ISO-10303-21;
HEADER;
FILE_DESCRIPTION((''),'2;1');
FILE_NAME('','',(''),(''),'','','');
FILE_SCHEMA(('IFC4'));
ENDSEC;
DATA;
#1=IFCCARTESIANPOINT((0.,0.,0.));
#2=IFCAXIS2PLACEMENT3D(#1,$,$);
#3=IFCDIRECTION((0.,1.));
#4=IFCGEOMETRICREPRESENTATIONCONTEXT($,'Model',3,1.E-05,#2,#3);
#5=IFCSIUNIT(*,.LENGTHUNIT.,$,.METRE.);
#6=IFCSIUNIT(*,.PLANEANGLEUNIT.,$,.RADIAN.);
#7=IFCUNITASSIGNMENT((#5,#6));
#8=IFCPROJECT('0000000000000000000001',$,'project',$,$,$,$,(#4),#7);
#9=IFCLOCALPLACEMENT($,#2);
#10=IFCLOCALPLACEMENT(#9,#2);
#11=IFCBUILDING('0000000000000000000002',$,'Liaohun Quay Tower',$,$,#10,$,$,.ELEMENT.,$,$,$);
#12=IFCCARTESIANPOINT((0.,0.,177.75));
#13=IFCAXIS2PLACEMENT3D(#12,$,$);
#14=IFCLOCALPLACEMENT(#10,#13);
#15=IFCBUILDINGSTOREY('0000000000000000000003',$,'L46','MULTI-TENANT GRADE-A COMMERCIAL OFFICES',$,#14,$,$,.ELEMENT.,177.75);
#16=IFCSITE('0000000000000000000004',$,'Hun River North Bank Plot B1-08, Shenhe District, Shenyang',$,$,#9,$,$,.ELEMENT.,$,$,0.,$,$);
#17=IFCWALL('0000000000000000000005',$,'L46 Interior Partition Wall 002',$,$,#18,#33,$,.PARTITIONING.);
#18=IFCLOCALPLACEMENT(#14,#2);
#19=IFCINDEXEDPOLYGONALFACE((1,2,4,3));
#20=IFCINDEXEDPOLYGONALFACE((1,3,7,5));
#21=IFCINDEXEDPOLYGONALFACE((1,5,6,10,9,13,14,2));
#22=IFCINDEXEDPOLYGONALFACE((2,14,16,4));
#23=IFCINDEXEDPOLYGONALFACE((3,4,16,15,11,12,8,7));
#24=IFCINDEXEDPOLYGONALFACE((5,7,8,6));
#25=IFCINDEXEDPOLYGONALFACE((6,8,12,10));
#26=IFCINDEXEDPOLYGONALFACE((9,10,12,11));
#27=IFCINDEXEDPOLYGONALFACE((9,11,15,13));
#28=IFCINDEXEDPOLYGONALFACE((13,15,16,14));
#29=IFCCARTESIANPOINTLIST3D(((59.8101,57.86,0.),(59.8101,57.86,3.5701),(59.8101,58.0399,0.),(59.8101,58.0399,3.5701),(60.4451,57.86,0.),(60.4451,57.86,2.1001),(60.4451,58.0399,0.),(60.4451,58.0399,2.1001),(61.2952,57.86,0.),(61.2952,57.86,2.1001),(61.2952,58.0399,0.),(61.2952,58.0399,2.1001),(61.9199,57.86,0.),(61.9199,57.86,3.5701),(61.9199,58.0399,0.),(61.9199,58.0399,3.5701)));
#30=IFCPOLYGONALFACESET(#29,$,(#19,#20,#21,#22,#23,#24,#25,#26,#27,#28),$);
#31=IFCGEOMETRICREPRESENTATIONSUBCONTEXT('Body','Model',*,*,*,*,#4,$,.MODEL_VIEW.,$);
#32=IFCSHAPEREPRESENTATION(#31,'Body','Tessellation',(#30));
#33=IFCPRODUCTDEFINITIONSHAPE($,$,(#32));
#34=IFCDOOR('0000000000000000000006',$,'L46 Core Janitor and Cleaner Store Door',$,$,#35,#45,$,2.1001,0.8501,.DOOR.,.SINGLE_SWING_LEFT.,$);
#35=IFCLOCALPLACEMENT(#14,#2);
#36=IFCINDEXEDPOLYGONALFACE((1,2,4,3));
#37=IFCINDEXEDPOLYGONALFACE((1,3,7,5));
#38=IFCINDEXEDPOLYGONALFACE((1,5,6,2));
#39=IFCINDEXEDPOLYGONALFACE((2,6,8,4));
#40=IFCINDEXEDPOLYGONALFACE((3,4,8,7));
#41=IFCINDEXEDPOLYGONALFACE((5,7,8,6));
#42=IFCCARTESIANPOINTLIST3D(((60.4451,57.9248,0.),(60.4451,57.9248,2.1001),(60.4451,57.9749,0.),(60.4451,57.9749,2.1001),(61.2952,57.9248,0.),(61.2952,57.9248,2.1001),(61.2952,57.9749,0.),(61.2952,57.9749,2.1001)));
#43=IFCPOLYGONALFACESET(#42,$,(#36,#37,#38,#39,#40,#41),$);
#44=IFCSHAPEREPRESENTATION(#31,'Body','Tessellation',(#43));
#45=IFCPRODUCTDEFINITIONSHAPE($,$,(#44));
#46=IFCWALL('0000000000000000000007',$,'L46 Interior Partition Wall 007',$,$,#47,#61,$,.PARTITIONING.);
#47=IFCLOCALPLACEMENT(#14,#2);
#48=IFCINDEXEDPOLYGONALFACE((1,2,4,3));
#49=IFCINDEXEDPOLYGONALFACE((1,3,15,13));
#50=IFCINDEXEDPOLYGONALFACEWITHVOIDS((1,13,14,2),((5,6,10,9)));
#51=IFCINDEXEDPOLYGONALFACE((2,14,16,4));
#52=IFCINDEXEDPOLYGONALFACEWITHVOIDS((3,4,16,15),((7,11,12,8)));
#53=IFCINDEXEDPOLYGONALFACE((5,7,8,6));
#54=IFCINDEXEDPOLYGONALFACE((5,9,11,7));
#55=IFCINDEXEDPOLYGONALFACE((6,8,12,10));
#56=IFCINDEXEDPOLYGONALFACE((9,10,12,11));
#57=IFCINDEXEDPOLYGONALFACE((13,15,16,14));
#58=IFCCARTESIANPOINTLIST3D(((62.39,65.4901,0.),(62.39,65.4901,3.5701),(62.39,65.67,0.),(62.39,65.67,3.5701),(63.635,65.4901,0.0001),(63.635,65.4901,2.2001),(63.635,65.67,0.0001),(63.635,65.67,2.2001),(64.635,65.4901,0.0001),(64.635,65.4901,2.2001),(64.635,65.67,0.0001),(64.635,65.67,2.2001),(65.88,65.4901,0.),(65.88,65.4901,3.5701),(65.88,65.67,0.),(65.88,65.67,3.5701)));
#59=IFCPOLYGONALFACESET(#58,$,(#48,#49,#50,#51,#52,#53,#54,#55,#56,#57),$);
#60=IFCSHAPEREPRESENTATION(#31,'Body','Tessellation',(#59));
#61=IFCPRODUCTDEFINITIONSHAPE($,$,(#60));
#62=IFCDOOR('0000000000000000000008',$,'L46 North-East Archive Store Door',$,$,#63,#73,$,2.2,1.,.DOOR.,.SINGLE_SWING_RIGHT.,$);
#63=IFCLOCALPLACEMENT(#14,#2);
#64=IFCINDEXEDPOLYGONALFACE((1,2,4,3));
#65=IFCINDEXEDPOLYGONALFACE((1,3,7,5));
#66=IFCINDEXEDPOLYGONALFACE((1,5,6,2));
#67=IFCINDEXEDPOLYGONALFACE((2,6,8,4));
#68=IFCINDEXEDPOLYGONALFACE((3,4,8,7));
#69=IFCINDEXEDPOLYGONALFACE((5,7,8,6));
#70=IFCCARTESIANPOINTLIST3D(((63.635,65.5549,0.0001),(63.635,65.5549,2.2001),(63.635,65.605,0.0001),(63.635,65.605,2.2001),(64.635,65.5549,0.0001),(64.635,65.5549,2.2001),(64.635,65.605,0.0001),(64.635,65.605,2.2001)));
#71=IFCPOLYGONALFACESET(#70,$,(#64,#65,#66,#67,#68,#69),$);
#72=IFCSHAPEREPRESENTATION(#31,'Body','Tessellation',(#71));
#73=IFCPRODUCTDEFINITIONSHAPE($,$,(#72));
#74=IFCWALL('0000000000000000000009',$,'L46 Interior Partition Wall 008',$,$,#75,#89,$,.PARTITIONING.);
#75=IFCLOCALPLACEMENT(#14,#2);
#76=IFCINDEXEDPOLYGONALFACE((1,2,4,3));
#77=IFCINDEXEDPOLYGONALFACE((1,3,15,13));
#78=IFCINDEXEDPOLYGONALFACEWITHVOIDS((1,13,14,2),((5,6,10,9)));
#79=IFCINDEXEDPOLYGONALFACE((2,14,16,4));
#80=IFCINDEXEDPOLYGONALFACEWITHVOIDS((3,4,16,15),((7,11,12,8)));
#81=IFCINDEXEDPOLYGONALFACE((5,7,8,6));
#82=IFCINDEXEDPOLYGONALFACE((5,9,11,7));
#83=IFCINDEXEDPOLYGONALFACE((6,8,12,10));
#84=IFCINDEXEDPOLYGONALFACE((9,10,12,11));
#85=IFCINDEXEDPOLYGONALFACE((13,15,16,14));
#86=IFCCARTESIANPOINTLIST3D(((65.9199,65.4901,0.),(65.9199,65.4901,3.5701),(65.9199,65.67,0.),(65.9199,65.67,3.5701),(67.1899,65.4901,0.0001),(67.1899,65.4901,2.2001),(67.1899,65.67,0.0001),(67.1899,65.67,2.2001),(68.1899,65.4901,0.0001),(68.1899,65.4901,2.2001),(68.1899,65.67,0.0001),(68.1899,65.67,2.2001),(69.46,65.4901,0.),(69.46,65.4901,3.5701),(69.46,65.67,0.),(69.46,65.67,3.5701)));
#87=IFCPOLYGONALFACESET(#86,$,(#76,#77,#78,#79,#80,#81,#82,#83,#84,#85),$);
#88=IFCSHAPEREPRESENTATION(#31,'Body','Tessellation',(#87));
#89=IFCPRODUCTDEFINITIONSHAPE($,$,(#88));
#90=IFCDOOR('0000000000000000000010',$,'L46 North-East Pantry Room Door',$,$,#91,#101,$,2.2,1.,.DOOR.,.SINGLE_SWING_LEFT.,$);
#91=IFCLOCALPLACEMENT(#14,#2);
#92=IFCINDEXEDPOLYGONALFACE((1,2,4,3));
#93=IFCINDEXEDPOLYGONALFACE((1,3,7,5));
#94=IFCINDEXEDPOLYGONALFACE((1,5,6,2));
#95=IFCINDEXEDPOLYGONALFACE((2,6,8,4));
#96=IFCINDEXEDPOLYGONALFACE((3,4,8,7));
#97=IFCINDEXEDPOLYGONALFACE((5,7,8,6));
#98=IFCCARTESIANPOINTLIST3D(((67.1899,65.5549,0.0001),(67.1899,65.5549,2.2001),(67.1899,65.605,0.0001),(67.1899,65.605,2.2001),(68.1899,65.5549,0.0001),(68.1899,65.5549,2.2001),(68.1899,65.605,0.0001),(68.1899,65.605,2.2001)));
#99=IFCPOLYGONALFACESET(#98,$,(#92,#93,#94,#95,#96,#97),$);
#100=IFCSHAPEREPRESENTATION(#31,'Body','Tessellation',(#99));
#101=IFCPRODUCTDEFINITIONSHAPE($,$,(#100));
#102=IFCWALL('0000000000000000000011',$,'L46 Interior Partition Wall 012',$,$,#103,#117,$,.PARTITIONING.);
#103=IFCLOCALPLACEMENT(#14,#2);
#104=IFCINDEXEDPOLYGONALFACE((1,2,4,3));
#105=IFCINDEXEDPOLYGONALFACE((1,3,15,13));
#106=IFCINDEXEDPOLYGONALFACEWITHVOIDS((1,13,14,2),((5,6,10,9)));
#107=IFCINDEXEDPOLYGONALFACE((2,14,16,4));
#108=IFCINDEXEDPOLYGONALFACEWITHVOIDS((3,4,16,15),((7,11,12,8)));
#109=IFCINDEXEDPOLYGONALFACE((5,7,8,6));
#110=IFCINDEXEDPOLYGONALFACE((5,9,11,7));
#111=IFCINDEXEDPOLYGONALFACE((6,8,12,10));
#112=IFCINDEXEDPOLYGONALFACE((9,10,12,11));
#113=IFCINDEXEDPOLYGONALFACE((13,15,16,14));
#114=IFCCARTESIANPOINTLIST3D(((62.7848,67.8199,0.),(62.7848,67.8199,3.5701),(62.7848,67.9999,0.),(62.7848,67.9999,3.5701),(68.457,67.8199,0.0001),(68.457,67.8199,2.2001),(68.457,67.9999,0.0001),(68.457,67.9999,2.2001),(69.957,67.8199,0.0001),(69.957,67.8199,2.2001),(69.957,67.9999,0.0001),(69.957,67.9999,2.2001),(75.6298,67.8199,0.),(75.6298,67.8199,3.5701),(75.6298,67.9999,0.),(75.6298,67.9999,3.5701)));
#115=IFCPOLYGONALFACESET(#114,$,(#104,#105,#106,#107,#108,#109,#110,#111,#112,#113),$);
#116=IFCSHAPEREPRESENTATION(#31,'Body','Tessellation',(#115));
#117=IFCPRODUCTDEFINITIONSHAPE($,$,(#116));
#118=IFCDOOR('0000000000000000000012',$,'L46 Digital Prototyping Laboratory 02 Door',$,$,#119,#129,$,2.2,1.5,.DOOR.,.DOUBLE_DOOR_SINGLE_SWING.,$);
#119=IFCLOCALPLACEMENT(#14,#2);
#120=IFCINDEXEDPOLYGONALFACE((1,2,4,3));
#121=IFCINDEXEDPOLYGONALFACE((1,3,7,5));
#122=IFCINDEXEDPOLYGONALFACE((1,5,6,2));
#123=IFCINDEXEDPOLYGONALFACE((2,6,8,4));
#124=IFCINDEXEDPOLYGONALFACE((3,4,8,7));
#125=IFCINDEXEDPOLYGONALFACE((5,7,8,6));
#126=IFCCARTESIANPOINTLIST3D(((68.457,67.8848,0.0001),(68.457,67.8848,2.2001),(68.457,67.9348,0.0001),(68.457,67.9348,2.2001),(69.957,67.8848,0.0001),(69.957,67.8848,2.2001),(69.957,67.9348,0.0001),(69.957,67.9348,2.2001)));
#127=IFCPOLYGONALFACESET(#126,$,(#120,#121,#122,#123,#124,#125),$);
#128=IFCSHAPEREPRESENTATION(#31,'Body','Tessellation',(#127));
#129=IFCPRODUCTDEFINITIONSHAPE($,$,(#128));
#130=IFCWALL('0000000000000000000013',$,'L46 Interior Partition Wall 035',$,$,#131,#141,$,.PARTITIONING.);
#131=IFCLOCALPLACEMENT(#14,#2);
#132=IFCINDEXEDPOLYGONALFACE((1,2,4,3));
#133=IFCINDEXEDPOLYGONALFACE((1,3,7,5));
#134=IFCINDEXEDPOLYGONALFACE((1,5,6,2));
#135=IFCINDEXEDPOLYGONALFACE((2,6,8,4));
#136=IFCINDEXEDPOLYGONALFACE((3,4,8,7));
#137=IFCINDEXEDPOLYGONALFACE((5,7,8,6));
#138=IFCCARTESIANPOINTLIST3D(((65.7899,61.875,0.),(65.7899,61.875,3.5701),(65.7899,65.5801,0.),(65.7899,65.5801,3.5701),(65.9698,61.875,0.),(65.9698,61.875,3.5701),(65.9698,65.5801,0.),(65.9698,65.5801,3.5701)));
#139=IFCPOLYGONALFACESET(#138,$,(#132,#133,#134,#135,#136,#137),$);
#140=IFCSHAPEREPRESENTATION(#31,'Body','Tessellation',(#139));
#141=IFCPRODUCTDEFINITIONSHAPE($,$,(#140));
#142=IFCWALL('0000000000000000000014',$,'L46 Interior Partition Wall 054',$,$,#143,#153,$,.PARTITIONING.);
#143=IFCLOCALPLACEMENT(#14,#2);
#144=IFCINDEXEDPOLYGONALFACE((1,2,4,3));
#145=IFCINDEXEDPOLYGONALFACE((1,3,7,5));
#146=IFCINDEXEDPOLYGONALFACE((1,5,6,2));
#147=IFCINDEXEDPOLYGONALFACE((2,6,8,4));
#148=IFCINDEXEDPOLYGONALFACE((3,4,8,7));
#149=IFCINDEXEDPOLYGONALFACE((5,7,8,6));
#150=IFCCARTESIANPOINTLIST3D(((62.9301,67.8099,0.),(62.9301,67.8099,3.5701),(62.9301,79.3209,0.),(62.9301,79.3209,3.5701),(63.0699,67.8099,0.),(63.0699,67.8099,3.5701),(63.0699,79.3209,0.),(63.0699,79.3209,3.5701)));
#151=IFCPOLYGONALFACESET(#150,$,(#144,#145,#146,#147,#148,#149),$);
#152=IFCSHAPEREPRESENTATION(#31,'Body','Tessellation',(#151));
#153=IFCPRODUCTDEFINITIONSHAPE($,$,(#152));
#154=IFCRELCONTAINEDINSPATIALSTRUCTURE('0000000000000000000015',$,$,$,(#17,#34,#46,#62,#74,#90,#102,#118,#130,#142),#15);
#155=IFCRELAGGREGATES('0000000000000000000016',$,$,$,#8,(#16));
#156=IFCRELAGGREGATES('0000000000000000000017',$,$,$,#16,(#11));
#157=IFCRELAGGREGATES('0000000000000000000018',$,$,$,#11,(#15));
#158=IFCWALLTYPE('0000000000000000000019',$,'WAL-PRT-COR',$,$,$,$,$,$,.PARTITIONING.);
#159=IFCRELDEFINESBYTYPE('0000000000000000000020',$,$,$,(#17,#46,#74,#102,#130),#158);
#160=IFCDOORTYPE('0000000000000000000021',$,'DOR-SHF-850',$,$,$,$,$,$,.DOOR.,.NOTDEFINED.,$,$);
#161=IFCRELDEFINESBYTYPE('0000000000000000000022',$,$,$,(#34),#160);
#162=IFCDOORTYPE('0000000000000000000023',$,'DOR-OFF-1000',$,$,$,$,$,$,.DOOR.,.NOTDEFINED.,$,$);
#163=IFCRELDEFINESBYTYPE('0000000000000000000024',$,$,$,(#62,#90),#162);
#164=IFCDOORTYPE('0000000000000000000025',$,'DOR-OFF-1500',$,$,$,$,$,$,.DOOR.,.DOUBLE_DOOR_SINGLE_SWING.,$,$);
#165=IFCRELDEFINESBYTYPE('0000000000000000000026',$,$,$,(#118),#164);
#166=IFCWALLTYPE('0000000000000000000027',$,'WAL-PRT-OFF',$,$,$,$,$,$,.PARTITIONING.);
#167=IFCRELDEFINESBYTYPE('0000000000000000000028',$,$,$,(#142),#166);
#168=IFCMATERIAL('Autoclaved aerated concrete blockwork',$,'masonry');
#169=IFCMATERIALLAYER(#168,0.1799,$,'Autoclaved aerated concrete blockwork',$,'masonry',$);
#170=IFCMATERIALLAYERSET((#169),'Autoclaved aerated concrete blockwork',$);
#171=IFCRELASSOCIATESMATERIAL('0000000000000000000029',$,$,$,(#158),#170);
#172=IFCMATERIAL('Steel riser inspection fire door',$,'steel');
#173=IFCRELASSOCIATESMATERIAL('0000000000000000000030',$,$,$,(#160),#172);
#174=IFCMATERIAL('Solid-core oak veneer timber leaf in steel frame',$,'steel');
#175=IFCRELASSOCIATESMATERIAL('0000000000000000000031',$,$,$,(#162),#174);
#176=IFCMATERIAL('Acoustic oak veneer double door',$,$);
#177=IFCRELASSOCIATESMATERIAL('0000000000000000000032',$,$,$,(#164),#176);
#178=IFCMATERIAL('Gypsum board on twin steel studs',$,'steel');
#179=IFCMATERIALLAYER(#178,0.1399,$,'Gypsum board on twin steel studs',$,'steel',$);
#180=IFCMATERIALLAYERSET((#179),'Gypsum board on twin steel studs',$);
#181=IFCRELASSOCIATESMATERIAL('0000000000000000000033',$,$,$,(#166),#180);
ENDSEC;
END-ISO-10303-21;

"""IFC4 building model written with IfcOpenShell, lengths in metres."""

from ifc_helpers import new_model, si_unit, direction, frame, frame_2d, origin, place, context, subcontext, project, spatial, rectangle, extrude, source, transform, mapped, material, layer, layer_set, type_object, element, fill, save


model = new_model("IFC4")

# Units and contexts
model_context = context("Model", 3, precision=1e-05, world=origin(), true_north=direction((0.0, 1.0)))
body_context = subcontext(model_context, "Body", "Model", "MODEL_VIEW")
ifc_project = project(units=[si_unit("LENGTHUNIT", "METRE"), si_unit("PLANEANGLEUNIT", "RADIAN")], contexts=[model_context])

# Site, building, storey
site_placement = place(None, origin())
site = spatial("IfcSite", under=ifc_project, at=site_placement, Name="Hun River North Bank Plot B1-08, Shenhe District, Shenyang", CompositionType="ELEMENT", RefElevation=0.0)
building_placement = place(site_placement, origin())
building = spatial("IfcBuilding", under=site, at=building_placement, Name="Liaohun Quay Tower", CompositionType="ELEMENT")
storey_placement = place(building_placement, frame((0.0, 0.0, 177.75)))
storey = spatial("IfcBuildingStorey", under=building, at=storey_placement, Name="L46", Description="MULTI-TENANT GRADE-A COMMERCIAL OFFICES", CompositionType="ELEMENT", Elevation=177.75)

# Walls, openings, doors
ifc_material_1 = material(Name="Autoclaved aerated concrete blockwork", Category="masonry")
ifc_layer_1 = layer(ifc_material_1, 0.1799, Name="Autoclaved aerated concrete blockwork", Category="masonry")
ifc_layer_set_1 = layer_set([ifc_layer_1], Name="Autoclaved aerated concrete blockwork")
wall_type_1 = type_object("IfcWallType", Name="WAL-PRT-COR", PredefinedType="PARTITIONING", material=ifc_layer_set_1)
wall_1_placement = place(storey_placement, frame((59.8101, 57.95, 0.0), z_axis=(0.0, 0.0, 1.0), x_axis=(1.0, 0.0, 0.0)))
wall_1 = element("IfcWall", 1, at=wall_1_placement, inside=storey, type_object=wall_type_1, Name="L46 Interior Partition Wall 002", PredefinedType="PARTITIONING", context=body_context, shape_type="SweptSolid", body=[
    extrude(rectangle(XDim=2.1099, YDim=0.1799, at=frame_2d((1.0549, 0.0))), origin(), (0.0, 0.0, 1.0), 3.5701),
])
shared_shape_1 = source(origin(), body_context, "Body", "SweptSolid", [
    extrude(rectangle(XDim=0.8501, YDim=2.1001, at=frame_2d((0.425, 1.05))), frame((0.0, 0.0999, 0.0), z_axis=(0.0, -1.0, 0.0), x_axis=(1.0, 0.0, 0.0)), (0.0, 0.0, 1.0), 0.2),
])
opening_1_placement = place(wall_1_placement, frame((0.635, 0.0, 0.0)))
opening_1 = element("IfcOpeningElement", 2, at=opening_1_placement, cuts=wall_1, PredefinedType="OPENING", context=body_context, shape_type="MappedRepresentation", body=[
    mapped(shared_shape_1, transform((0.0, 0.0, 0.0), x_axis=(1.0, 0.0, 0.0), y_axis=(0.0, 1.0, 0.0), z_axis=(0.0, 0.0, 1.0), scale=1.0)),
])
ifc_material_2 = material(Name="Steel riser inspection fire door", Category="steel")
door_type_1 = type_object("IfcDoorType", Name="DOR-SHF-850", OperationType="NOTDEFINED", PredefinedType="DOOR", material=ifc_material_2)
shared_shape_2 = source(origin(), body_context, "Body", "SweptSolid", [
    extrude(rectangle(XDim=0.8501, YDim=2.1001, at=frame_2d((0.425, 1.05))), frame((0.0, 0.0249, 0.0), z_axis=(0.0, -1.0, 0.0), x_axis=(1.0, 0.0, 0.0)), (0.0, 0.0, 1.0), 0.05),
])
door_1_placement = place(opening_1_placement, origin())
door_1 = element("IfcDoor", 3, at=door_1_placement, inside=storey, type_object=door_type_1, Name="L46 Core Janitor and Cleaner Store Door", OperationType="SINGLE_SWING_LEFT", OverallHeight=2.1001, OverallWidth=0.8501, PredefinedType="DOOR", context=body_context, shape_type="MappedRepresentation", body=[
    mapped(shared_shape_2, transform((0.0, 0.0, 0.0), x_axis=(1.0, 0.0, 0.0), y_axis=(0.0, 1.0, 0.0), z_axis=(0.0, 0.0, 1.0), scale=1.0)),
])
fill(opening_1, door_1)
wall_2_placement = place(storey_placement, frame((62.3899, 65.5801, 0.0), z_axis=(0.0, 0.0, 1.0), x_axis=(1.0, 0.0, 0.0)))
wall_2 = element("IfcWall", 4, at=wall_2_placement, inside=storey, type_object=wall_type_1, Name="L46 Interior Partition Wall 007", PredefinedType="PARTITIONING", context=body_context, shape_type="SweptSolid", body=[
    extrude(rectangle(XDim=3.49, YDim=0.1799, at=frame_2d((1.7451, 0.0))), origin(), (0.0, 0.0, 1.0), 3.5701),
])
shared_shape_3 = source(origin(), body_context, "Body", "SweptSolid", [
    extrude(rectangle(XDim=1.0, YDim=2.2, at=frame_2d((0.5, 1.1001))), frame((0.0, 0.0999, 0.0), z_axis=(0.0, -1.0, 0.0), x_axis=(1.0, 0.0, 0.0)), (0.0, 0.0, 1.0), 0.2),
])
opening_2_placement = place(wall_2_placement, frame((1.2451, 0.0, 0.0)))
opening_2 = element("IfcOpeningElement", 5, at=opening_2_placement, cuts=wall_2, PredefinedType="OPENING", context=body_context, shape_type="MappedRepresentation", body=[
    mapped(shared_shape_3, transform((0.0, 0.0, 0.0), x_axis=(1.0, 0.0, 0.0), y_axis=(0.0, 1.0, 0.0), z_axis=(0.0, 0.0, 1.0), scale=1.0)),
])
ifc_material_3 = material(Name="Solid-core oak veneer timber leaf in steel frame", Category="steel")
door_type_2 = type_object("IfcDoorType", Name="DOR-OFF-1000", OperationType="NOTDEFINED", PredefinedType="DOOR", material=ifc_material_3)
shared_shape_4 = source(origin(), body_context, "Body", "SweptSolid", [
    extrude(rectangle(XDim=1.0, YDim=2.2, at=frame_2d((0.5, 1.1001))), frame((0.0, 0.0249, 0.0), z_axis=(0.0, -1.0, 0.0), x_axis=(1.0, 0.0, 0.0)), (0.0, 0.0, 1.0), 0.05),
])
door_2_placement = place(opening_2_placement, origin())
door_2 = element("IfcDoor", 6, at=door_2_placement, inside=storey, type_object=door_type_2, Name="L46 North-East Archive Store Door", OperationType="SINGLE_SWING_RIGHT", OverallHeight=2.2, OverallWidth=1.0, PredefinedType="DOOR", context=body_context, shape_type="MappedRepresentation", body=[
    mapped(shared_shape_4, transform((0.0, 0.0, 0.0), x_axis=(1.0, 0.0, 0.0), y_axis=(0.0, 1.0, 0.0), z_axis=(0.0, 0.0, 1.0), scale=1.0)),
])
fill(opening_2, door_2)
wall_3_placement = place(storey_placement, frame((65.9199, 65.5801, 0.0), z_axis=(0.0, 0.0, 1.0), x_axis=(1.0, 0.0, 0.0)))
wall_3 = element("IfcWall", 7, at=wall_3_placement, inside=storey, type_object=wall_type_1, Name="L46 Interior Partition Wall 008", PredefinedType="PARTITIONING", context=body_context, shape_type="SweptSolid", body=[
    extrude(rectangle(XDim=3.54, YDim=0.1799, at=frame_2d((1.77, 0.0))), origin(), (0.0, 0.0, 1.0), 3.5701),
])
opening_3_placement = place(wall_3_placement, frame((1.27, 0.0, 0.0)))
opening_3 = element("IfcOpeningElement", 8, at=opening_3_placement, cuts=wall_3, PredefinedType="OPENING", context=body_context, shape_type="MappedRepresentation", body=[
    mapped(shared_shape_3, transform((0.0, 0.0, 0.0), x_axis=(1.0, 0.0, 0.0), y_axis=(0.0, 1.0, 0.0), z_axis=(0.0, 0.0, 1.0), scale=1.0)),
])
door_3_placement = place(opening_3_placement, origin())
door_3 = element("IfcDoor", 9, at=door_3_placement, inside=storey, type_object=door_type_2, Name="L46 North-East Pantry Room Door", OperationType="SINGLE_SWING_LEFT", OverallHeight=2.2, OverallWidth=1.0, PredefinedType="DOOR", context=body_context, shape_type="MappedRepresentation", body=[
    mapped(shared_shape_4, transform((0.0, 0.0, 0.0), x_axis=(1.0, 0.0, 0.0), y_axis=(0.0, 1.0, 0.0), z_axis=(0.0, 0.0, 1.0), scale=1.0)),
])
fill(opening_3, door_3)
wall_4_placement = place(storey_placement, frame((62.7849, 67.9099, 0.0), z_axis=(0.0, 0.0, 1.0), x_axis=(1.0, 0.0, 0.0)))
wall_4 = element("IfcWall", 10, at=wall_4_placement, inside=storey, type_object=wall_type_1, Name="L46 Interior Partition Wall 012", PredefinedType="PARTITIONING", context=body_context, shape_type="SweptSolid", body=[
    extrude(rectangle(XDim=12.845, YDim=0.1799, at=frame_2d((6.4224, 0.0))), origin(), (0.0, 0.0, 1.0), 3.5701),
])
shared_shape_5 = source(origin(), body_context, "Body", "SweptSolid", [
    extrude(rectangle(XDim=1.5, YDim=2.2, at=frame_2d((0.75, 1.1001))), frame((0.0, 0.0999, 0.0), z_axis=(0.0, -1.0, 0.0), x_axis=(1.0, 0.0, 0.0)), (0.0, 0.0, 1.0), 0.2),
])
opening_4_placement = place(wall_4_placement, frame((5.6721, 0.0, 0.0)))
opening_4 = element("IfcOpeningElement", 11, at=opening_4_placement, cuts=wall_4, PredefinedType="OPENING", context=body_context, shape_type="MappedRepresentation", body=[
    mapped(shared_shape_5, transform((0.0, 0.0, 0.0), x_axis=(1.0, 0.0, 0.0), y_axis=(0.0, 1.0, 0.0), z_axis=(0.0, 0.0, 1.0), scale=1.0)),
])
ifc_material_4 = material(Name="Acoustic oak veneer double door")
door_type_3 = type_object("IfcDoorType", Name="DOR-OFF-1500", OperationType="DOUBLE_DOOR_SINGLE_SWING", PredefinedType="DOOR", material=ifc_material_4)
shared_shape_6 = source(origin(), body_context, "Body", "SweptSolid", [
    extrude(rectangle(XDim=1.5, YDim=2.2, at=frame_2d((0.75, 1.1001))), frame((0.0, 0.0249, 0.0), z_axis=(0.0, -1.0, 0.0), x_axis=(1.0, 0.0, 0.0)), (0.0, 0.0, 1.0), 0.05),
])
door_4_placement = place(opening_4_placement, origin())
door_4 = element("IfcDoor", 12, at=door_4_placement, inside=storey, type_object=door_type_3, Name="L46 Digital Prototyping Laboratory 02 Door", OperationType="DOUBLE_DOOR_SINGLE_SWING", OverallHeight=2.2, OverallWidth=1.5, PredefinedType="DOOR", context=body_context, shape_type="MappedRepresentation", body=[
    mapped(shared_shape_6, transform((0.0, 0.0, 0.0), x_axis=(1.0, 0.0, 0.0), y_axis=(0.0, 1.0, 0.0), z_axis=(0.0, 0.0, 1.0), scale=1.0)),
])
fill(opening_4, door_4)

# Walls
wall_5_placement = place(storey_placement, frame((65.8799, 61.875, 0.0), z_axis=(0.0, 0.0, 1.0), x_axis=(0.0, 1.0, 0.0)))
element("IfcWall", 13, at=wall_5_placement, inside=storey, type_object=wall_type_1, Name="L46 Interior Partition Wall 035", PredefinedType="PARTITIONING", context=body_context, shape_type="SweptSolid", body=[
    extrude(rectangle(XDim=3.7051, YDim=0.1799, at=frame_2d((1.8525, 0.0))), origin(), (0.0, 0.0, 1.0), 3.5701),
])
ifc_material_5 = material(Name="Gypsum board on twin steel studs", Category="steel")
ifc_layer_2 = layer(ifc_material_5, 0.1399, Name="Gypsum board on twin steel studs", Category="steel")
ifc_layer_set_2 = layer_set([ifc_layer_2], Name="Gypsum board on twin steel studs")
wall_type_2 = type_object("IfcWallType", Name="WAL-PRT-OFF", PredefinedType="PARTITIONING", material=ifc_layer_set_2)
wall_6_placement = place(storey_placement, frame((63.0, 67.8101, 0.0), z_axis=(0.0, 0.0, 1.0), x_axis=(0.0, 1.0, 0.0)))
element("IfcWall", 14, at=wall_6_placement, inside=storey, type_object=wall_type_2, Name="L46 Interior Partition Wall 054", PredefinedType="PARTITIONING", context=body_context, shape_type="SweptSolid", body=[
    extrude(rectangle(XDim=11.511, YDim=0.1399, at=frame_2d((5.7554, 0.0))), origin(), (0.0, 0.0, 1.0), 3.5701),
])

save(model, "model.ifc")
